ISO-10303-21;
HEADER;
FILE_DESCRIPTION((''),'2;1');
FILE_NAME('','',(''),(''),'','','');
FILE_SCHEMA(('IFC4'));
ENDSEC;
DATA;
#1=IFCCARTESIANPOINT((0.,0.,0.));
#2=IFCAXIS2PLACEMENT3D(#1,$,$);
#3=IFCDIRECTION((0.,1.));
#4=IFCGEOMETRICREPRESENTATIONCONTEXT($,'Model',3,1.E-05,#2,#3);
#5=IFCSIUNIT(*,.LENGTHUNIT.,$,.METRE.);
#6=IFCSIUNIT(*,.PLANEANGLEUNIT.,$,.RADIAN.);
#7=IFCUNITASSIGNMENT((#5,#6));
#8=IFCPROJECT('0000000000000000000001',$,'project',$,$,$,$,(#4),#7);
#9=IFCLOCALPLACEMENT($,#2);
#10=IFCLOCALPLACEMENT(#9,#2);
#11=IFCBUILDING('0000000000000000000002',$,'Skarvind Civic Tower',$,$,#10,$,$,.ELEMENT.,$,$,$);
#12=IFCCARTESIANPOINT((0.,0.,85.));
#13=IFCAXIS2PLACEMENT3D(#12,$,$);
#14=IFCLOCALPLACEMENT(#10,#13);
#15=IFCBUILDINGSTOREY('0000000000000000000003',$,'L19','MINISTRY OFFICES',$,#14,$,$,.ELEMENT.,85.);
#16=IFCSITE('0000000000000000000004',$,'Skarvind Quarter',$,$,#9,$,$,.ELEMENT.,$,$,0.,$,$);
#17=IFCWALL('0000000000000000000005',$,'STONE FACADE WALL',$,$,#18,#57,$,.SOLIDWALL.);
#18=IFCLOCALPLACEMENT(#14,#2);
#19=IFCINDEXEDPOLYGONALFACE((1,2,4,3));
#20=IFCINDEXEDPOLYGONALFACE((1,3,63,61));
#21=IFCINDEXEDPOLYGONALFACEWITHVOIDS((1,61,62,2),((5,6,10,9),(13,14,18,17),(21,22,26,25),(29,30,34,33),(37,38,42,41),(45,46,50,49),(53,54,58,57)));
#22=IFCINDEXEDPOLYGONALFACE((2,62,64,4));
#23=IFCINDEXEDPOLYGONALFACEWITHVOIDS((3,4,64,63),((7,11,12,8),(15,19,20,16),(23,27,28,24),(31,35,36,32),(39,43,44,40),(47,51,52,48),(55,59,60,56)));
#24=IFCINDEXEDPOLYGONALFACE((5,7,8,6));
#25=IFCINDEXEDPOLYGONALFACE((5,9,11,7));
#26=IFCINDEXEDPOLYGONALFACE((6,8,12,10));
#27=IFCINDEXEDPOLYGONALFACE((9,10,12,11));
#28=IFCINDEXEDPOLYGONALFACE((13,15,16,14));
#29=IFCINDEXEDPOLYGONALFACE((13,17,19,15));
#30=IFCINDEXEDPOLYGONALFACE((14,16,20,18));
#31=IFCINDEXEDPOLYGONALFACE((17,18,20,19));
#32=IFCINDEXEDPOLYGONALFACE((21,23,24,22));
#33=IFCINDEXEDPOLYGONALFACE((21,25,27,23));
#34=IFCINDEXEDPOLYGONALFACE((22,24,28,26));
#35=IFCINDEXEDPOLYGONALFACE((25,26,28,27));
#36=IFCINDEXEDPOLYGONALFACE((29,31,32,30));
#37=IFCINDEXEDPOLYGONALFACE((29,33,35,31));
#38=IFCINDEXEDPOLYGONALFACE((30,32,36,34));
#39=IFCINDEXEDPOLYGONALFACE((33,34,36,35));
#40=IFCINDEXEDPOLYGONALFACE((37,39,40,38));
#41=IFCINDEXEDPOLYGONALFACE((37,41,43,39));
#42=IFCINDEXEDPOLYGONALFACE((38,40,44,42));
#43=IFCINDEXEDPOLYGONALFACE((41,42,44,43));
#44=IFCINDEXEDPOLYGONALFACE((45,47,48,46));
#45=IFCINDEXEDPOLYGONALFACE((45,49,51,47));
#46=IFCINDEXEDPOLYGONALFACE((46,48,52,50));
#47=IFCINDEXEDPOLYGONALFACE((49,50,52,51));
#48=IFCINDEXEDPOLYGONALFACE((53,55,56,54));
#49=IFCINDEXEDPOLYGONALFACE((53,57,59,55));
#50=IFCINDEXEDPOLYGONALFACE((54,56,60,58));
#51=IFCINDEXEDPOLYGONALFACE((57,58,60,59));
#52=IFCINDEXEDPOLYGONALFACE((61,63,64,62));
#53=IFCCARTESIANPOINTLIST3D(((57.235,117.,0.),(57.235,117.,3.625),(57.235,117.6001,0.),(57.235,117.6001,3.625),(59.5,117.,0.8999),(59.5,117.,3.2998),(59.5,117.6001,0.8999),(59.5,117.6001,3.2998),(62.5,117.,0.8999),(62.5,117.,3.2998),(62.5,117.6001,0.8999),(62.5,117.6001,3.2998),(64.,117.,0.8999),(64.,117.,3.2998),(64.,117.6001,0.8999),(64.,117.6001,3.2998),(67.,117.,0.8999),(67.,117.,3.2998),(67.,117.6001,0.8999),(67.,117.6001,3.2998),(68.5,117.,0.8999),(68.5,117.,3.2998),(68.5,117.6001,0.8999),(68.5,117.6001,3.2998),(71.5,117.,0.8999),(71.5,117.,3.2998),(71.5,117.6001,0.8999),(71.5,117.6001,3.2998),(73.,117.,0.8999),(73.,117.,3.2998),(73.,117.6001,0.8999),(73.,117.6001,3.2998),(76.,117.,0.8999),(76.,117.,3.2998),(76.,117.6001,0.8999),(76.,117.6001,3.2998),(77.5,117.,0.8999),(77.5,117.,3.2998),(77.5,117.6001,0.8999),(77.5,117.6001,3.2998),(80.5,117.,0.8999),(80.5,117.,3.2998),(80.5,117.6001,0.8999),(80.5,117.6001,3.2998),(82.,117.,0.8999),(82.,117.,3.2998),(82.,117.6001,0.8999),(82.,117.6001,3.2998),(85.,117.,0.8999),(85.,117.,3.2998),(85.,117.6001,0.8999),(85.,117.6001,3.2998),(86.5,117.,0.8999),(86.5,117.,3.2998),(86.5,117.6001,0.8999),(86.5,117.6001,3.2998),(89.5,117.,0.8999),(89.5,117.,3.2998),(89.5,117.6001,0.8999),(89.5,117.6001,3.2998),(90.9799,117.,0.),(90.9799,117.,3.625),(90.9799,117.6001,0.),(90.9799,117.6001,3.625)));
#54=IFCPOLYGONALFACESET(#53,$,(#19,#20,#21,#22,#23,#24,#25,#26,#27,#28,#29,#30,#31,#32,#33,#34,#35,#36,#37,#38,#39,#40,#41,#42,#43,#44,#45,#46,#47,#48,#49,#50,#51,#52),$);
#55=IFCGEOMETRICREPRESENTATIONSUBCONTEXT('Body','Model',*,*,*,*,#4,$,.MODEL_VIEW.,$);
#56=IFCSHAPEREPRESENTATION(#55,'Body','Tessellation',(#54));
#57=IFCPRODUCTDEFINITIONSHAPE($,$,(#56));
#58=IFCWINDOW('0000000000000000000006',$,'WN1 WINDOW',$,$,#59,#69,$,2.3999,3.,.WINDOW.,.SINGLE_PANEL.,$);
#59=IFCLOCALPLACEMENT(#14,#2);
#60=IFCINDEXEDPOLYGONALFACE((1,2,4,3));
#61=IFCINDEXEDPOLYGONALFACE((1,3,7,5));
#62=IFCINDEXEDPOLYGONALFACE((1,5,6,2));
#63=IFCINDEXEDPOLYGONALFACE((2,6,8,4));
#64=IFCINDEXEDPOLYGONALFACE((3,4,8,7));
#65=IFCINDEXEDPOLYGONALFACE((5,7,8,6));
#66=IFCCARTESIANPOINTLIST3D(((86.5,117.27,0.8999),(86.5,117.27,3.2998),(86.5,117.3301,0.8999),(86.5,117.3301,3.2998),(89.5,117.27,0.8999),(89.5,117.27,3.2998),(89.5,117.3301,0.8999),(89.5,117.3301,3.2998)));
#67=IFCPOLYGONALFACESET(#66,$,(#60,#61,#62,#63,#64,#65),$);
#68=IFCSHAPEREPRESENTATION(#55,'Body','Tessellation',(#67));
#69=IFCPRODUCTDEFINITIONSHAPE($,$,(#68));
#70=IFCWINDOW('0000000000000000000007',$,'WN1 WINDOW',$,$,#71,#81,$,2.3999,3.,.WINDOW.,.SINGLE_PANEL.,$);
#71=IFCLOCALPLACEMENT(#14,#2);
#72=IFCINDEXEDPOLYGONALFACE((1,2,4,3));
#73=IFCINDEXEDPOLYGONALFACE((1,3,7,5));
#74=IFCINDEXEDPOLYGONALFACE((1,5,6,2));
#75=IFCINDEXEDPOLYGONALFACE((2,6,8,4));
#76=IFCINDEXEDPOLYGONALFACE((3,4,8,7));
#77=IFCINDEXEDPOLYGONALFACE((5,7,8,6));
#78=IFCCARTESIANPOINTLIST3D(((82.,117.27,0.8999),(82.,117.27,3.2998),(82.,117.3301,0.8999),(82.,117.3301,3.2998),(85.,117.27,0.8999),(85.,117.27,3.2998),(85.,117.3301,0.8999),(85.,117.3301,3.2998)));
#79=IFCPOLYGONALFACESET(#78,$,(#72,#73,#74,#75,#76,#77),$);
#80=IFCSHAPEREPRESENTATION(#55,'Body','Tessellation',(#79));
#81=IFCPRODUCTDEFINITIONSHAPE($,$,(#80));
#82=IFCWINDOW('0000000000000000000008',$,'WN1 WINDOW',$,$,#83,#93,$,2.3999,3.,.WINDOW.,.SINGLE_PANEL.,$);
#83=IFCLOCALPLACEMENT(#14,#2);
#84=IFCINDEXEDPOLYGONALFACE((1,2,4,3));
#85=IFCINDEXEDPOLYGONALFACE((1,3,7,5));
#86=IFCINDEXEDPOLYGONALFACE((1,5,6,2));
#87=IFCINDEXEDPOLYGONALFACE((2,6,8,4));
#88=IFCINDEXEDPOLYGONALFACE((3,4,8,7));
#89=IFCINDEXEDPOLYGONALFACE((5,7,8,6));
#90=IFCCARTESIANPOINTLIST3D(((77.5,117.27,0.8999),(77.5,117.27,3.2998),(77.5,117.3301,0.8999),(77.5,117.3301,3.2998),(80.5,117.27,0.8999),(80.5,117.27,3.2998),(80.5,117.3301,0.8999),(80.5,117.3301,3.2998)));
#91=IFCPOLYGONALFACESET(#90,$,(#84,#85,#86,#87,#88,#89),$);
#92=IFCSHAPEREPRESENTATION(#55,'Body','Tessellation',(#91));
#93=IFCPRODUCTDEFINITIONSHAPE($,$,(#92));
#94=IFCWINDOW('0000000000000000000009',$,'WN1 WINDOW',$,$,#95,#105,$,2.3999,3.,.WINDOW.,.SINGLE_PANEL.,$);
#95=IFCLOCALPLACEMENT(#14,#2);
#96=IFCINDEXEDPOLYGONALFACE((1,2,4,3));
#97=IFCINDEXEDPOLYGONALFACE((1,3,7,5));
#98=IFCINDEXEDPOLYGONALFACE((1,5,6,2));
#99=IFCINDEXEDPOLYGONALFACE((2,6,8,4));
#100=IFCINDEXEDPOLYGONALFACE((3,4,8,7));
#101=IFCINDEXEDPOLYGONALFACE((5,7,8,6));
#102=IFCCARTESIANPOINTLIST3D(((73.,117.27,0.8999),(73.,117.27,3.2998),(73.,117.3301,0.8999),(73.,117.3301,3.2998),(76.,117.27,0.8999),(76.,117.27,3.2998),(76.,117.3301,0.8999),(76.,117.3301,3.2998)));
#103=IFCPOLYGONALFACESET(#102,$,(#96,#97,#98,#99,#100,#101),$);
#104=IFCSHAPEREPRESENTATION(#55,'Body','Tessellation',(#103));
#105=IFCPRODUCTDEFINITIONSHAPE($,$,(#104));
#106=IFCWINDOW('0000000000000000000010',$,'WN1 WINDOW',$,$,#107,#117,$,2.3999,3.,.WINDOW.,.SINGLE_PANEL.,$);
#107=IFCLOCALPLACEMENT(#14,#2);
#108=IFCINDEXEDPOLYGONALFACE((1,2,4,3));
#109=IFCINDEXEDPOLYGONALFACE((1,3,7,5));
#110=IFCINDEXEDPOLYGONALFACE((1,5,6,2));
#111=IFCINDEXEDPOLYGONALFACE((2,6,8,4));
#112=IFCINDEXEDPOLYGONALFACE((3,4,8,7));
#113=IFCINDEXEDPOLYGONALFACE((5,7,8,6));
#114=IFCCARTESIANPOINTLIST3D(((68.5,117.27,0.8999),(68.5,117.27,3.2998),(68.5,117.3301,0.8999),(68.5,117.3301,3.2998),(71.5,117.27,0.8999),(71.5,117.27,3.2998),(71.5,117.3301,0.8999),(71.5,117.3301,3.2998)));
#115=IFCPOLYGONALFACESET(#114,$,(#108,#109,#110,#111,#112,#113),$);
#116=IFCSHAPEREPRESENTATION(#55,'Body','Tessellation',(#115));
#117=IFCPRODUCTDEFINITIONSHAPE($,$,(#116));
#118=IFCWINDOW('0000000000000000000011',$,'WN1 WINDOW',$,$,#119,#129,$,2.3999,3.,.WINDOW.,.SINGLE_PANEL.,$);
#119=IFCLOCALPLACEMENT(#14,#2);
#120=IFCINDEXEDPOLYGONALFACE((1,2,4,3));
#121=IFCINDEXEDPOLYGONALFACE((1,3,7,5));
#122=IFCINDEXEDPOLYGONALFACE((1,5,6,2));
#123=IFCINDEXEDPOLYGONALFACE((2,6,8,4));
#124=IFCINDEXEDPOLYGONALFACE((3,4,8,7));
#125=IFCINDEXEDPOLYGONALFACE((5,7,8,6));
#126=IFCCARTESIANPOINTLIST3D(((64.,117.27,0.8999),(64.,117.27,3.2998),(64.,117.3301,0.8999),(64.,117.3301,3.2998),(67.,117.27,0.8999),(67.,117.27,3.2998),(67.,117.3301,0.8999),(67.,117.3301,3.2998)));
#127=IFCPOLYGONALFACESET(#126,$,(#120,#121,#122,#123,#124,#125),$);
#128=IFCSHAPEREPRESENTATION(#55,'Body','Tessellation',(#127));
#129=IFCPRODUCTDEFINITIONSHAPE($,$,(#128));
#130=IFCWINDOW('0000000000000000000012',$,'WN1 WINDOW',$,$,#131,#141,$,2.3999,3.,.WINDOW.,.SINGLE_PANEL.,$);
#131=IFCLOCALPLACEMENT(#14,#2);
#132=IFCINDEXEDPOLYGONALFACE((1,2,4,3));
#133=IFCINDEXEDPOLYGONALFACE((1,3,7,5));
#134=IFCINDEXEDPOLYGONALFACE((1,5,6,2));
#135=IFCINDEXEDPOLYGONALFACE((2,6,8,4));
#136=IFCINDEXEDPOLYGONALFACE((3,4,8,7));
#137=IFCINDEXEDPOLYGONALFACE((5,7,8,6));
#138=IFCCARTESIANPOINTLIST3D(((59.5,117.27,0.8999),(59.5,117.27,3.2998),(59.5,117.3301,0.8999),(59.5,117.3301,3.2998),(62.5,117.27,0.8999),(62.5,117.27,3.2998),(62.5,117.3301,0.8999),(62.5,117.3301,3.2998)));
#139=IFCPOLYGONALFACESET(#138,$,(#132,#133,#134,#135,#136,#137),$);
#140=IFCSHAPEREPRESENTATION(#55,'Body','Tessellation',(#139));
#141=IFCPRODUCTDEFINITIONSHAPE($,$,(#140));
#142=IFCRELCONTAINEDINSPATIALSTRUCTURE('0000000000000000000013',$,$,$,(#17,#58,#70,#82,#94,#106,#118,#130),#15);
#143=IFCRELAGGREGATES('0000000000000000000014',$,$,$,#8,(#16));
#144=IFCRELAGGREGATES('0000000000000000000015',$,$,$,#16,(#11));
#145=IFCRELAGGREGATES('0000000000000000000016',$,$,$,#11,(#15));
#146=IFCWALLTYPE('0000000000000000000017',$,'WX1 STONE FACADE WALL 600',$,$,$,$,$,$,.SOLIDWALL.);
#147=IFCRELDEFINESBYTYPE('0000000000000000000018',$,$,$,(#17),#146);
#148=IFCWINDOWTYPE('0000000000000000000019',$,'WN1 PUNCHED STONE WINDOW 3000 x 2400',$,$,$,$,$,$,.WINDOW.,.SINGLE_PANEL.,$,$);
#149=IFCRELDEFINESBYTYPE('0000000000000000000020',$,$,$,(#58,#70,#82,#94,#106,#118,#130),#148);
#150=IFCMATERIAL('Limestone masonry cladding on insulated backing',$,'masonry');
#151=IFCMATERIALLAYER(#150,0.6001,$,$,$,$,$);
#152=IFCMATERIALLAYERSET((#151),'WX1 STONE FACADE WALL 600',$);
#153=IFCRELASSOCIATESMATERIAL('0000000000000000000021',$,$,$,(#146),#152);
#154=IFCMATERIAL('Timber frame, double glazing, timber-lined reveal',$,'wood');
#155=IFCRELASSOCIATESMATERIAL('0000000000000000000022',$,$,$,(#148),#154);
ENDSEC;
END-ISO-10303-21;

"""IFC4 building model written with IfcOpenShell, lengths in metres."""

from ifc_helpers import new_model, si_unit, direction, frame, frame_2d, origin, place, context, subcontext, project, spatial, rectangle, extrude, material, layer, layer_set, type_object, element, fill, save


model = new_model("IFC4")

# Units and contexts
model_context = context("Model", 3, precision=1e-05, world=origin(), true_north=direction((0.0, 1.0)))
body_context = subcontext(model_context, "Body", "Model", "MODEL_VIEW")
ifc_project = project(units=[si_unit("LENGTHUNIT", "METRE"), si_unit("PLANEANGLEUNIT", "RADIAN")], contexts=[model_context])

# Site, building, storey
site_placement = place(None, origin())
site = spatial("IfcSite", under=ifc_project, at=site_placement, Name="Skarvind Quarter", CompositionType="ELEMENT", RefElevation=0.0)
building_placement = place(site_placement, origin())
building = spatial("IfcBuilding", under=site, at=building_placement, Name="Skarvind Civic Tower", CompositionType="ELEMENT")
storey_placement = place(building_placement, frame((0.0, 0.0, 85.0)))
storey = spatial("IfcBuildingStorey", under=building, at=storey_placement, Name="L19", Description="MINISTRY OFFICES", CompositionType="ELEMENT", Elevation=85.0)

# Wall, openings, windows
ifc_material_1 = material(Name="Limestone masonry cladding on insulated backing", Category="masonry")
ifc_layer_1 = layer(ifc_material_1, 0.6001)
ifc_layer_set_1 = layer_set([ifc_layer_1], Name="WX1 STONE FACADE WALL 600")
wall_type_1 = type_object("IfcWallType", Name="WX1 STONE FACADE WALL 600", PredefinedType="SOLIDWALL", material=ifc_layer_set_1)
wall_1_placement = place(storey_placement, frame((90.98, 117.3, 0.0), z_axis=(0.0, 0.0, 1.0), x_axis=(-1.0, 0.0, 0.0)))
wall_1 = element("IfcWall", 1, at=wall_1_placement, inside=storey, type_object=wall_type_1, Name="STONE FACADE WALL", PredefinedType="SOLIDWALL", context=body_context, shape_type="SweptSolid", body=[
    extrude(rectangle(XDim=33.7449, YDim=0.6001, at=frame_2d((16.8726, 0.0))), origin(), (0.0, 0.0, 1.0), 3.625),
])
opening_1_placement = place(wall_1_placement, frame((1.48, 0.0, 0.8999)))
opening_1 = element("IfcOpeningElement", 2, at=opening_1_placement, cuts=wall_1, PredefinedType="OPENING", context=body_context, shape_type="SweptSolid", body=[
    extrude(rectangle(XDim=3.0, YDim=2.3999, at=frame_2d((1.5, 1.2))), frame((0.0, 0.3101, 0.0), z_axis=(0.0, -1.0, 0.0), x_axis=(1.0, 0.0, 0.0)), (0.0, 0.0, 1.0), 0.6201),
])
opening_2_placement = place(wall_1_placement, frame((5.98, 0.0, 0.8999)))
opening_2 = element("IfcOpeningElement", 3, at=opening_2_placement, cuts=wall_1, PredefinedType="OPENING", context=body_context, shape_type="SweptSolid", body=[
    extrude(rectangle(XDim=3.0, YDim=2.3999, at=frame_2d((1.5, 1.2))), frame((0.0, 0.3101, 0.0), z_axis=(0.0, -1.0, 0.0), x_axis=(1.0, 0.0, 0.0)), (0.0, 0.0, 1.0), 0.6201),
])
opening_3_placement = place(wall_1_placement, frame((10.48, 0.0, 0.8999)))
opening_3 = element("IfcOpeningElement", 4, at=opening_3_placement, cuts=wall_1, PredefinedType="OPENING", context=body_context, shape_type="SweptSolid", body=[
    extrude(rectangle(XDim=3.0, YDim=2.3999, at=frame_2d((1.5, 1.2))), frame((0.0, 0.3101, 0.0), z_axis=(0.0, -1.0, 0.0), x_axis=(1.0, 0.0, 0.0)), (0.0, 0.0, 1.0), 0.6201),
])
opening_4_placement = place(wall_1_placement, frame((14.98, 0.0, 0.8999)))
opening_4 = element("IfcOpeningElement", 5, at=opening_4_placement, cuts=wall_1, PredefinedType="OPENING", context=body_context, shape_type="SweptSolid", body=[
    extrude(rectangle(XDim=3.0, YDim=2.3999, at=frame_2d((1.5, 1.2))), frame((0.0, 0.3101, 0.0), z_axis=(0.0, -1.0, 0.0), x_axis=(1.0, 0.0, 0.0)), (0.0, 0.0, 1.0), 0.6201),
])
opening_5_placement = place(wall_1_placement, frame((19.48, 0.0, 0.8999)))
opening_5 = element("IfcOpeningElement", 6, at=opening_5_placement, cuts=wall_1, PredefinedType="OPENING", context=body_context, shape_type="SweptSolid", body=[
    extrude(rectangle(XDim=3.0, YDim=2.3999, at=frame_2d((1.5, 1.2))), frame((0.0, 0.3101, 0.0), z_axis=(0.0, -1.0, 0.0), x_axis=(1.0, 0.0, 0.0)), (0.0, 0.0, 1.0), 0.6201),
])
opening_6_placement = place(wall_1_placement, frame((23.98, 0.0, 0.8999)))
opening_6 = element("IfcOpeningElement", 7, at=opening_6_placement, cuts=wall_1, PredefinedType="OPENING", context=body_context, shape_type="SweptSolid", body=[
    extrude(rectangle(XDim=3.0, YDim=2.3999, at=frame_2d((1.5, 1.2))), frame((0.0, 0.3101, 0.0), z_axis=(0.0, -1.0, 0.0), x_axis=(1.0, 0.0, 0.0)), (0.0, 0.0, 1.0), 0.6201),
])
opening_7_placement = place(wall_1_placement, frame((28.48, 0.0, 0.8999)))
opening_7 = element("IfcOpeningElement", 8, at=opening_7_placement, cuts=wall_1, PredefinedType="OPENING", context=body_context, shape_type="SweptSolid", body=[
    extrude(rectangle(XDim=3.0, YDim=2.3999, at=frame_2d((1.5, 1.2))), frame((0.0, 0.3101, 0.0), z_axis=(0.0, -1.0, 0.0), x_axis=(1.0, 0.0, 0.0)), (0.0, 0.0, 1.0), 0.6201),
])
ifc_material_2 = material(Name="Timber frame, double glazing, timber-lined reveal", Category="wood")
window_type = type_object("IfcWindowType", Name="WN1 PUNCHED STONE WINDOW 3000 x 2400", PartitioningType="SINGLE_PANEL", PredefinedType="WINDOW", material=ifc_material_2)
window_1_placement = place(opening_1_placement, origin())
window_1 = element("IfcWindow", 9, at=window_1_placement, inside=storey, type_object=window_type, Name="WN1 WINDOW", OverallHeight=2.3999, OverallWidth=3.0, PartitioningType="SINGLE_PANEL", PredefinedType="WINDOW", context=body_context, shape_type="SweptSolid", body=[
    extrude(rectangle(XDim=3.0, YDim=2.3999, at=frame_2d((1.5, 1.2))), frame((0.0, 0.03, 0.0), z_axis=(0.0, -1.0, 0.0), x_axis=(1.0, 0.0, 0.0)), (0.0, 0.0, 1.0), 0.0601),
])
fill(opening_1, window_1)
window_2_placement = place(opening_2_placement, origin())
window_2 = element("IfcWindow", 10, at=window_2_placement, inside=storey, type_object=window_type, Name="WN1 WINDOW", OverallHeight=2.3999, OverallWidth=3.0, PartitioningType="SINGLE_PANEL", PredefinedType="WINDOW", context=body_context, shape_type="SweptSolid", body=[
    extrude(rectangle(XDim=3.0, YDim=2.3999, at=frame_2d((1.5, 1.2))), frame((0.0, 0.03, 0.0), z_axis=(0.0, -1.0, 0.0), x_axis=(1.0, 0.0, 0.0)), (0.0, 0.0, 1.0), 0.0601),
])
fill(opening_2, window_2)
window_3_placement = place(opening_3_placement, origin())
window_3 = element("IfcWindow", 11, at=window_3_placement, inside=storey, type_object=window_type, Name="WN1 WINDOW", OverallHeight=2.3999, OverallWidth=3.0, PartitioningType="SINGLE_PANEL", PredefinedType="WINDOW", context=body_context, shape_type="SweptSolid", body=[
    extrude(rectangle(XDim=3.0, YDim=2.3999, at=frame_2d((1.5, 1.2))), frame((0.0, 0.03, 0.0), z_axis=(0.0, -1.0, 0.0), x_axis=(1.0, 0.0, 0.0)), (0.0, 0.0, 1.0), 0.0601),
])
fill(opening_3, window_3)
window_4_placement = place(opening_4_placement, origin())
window_4 = element("IfcWindow", 12, at=window_4_placement, inside=storey, type_object=window_type, Name="WN1 WINDOW", OverallHeight=2.3999, OverallWidth=3.0, PartitioningType="SINGLE_PANEL", PredefinedType="WINDOW", context=body_context, shape_type="SweptSolid", body=[
    extrude(rectangle(XDim=3.0, YDim=2.3999, at=frame_2d((1.5, 1.2))), frame((0.0, 0.03, 0.0), z_axis=(0.0, -1.0, 0.0), x_axis=(1.0, 0.0, 0.0)), (0.0, 0.0, 1.0), 0.0601),
])
fill(opening_4, window_4)
window_5_placement = place(opening_5_placement, origin())
window_5 = element("IfcWindow", 13, at=window_5_placement, inside=storey, type_object=window_type, Name="WN1 WINDOW", OverallHeight=2.3999, OverallWidth=3.0, PartitioningType="SINGLE_PANEL", PredefinedType="WINDOW", context=body_context, shape_type="SweptSolid", body=[
    extrude(rectangle(XDim=3.0, YDim=2.3999, at=frame_2d((1.5, 1.2))), frame((0.0, 0.03, 0.0), z_axis=(0.0, -1.0, 0.0), x_axis=(1.0, 0.0, 0.0)), (0.0, 0.0, 1.0), 0.0601),
])
fill(opening_5, window_5)
window_6_placement = place(opening_6_placement, origin())
window_6 = element("IfcWindow", 14, at=window_6_placement, inside=storey, type_object=window_type, Name="WN1 WINDOW", OverallHeight=2.3999, OverallWidth=3.0, PartitioningType="SINGLE_PANEL", PredefinedType="WINDOW", context=body_context, shape_type="SweptSolid", body=[
    extrude(rectangle(XDim=3.0, YDim=2.3999, at=frame_2d((1.5, 1.2))), frame((0.0, 0.03, 0.0), z_axis=(0.0, -1.0, 0.0), x_axis=(1.0, 0.0, 0.0)), (0.0, 0.0, 1.0), 0.0601),
])
fill(opening_6, window_6)
window_7_placement = place(opening_7_placement, origin())
window_7 = element("IfcWindow", 15, at=window_7_placement, inside=storey, type_object=window_type, Name="WN1 WINDOW", OverallHeight=2.3999, OverallWidth=3.0, PartitioningType="SINGLE_PANEL", PredefinedType="WINDOW", context=body_context, shape_type="SweptSolid", body=[
    extrude(rectangle(XDim=3.0, YDim=2.3999, at=frame_2d((1.5, 1.2))), frame((0.0, 0.03, 0.0), z_axis=(0.0, -1.0, 0.0), x_axis=(1.0, 0.0, 0.0)), (0.0, 0.0, 1.0), 0.0601),
])
fill(opening_7, window_7)

save(model, "model.ifc")
